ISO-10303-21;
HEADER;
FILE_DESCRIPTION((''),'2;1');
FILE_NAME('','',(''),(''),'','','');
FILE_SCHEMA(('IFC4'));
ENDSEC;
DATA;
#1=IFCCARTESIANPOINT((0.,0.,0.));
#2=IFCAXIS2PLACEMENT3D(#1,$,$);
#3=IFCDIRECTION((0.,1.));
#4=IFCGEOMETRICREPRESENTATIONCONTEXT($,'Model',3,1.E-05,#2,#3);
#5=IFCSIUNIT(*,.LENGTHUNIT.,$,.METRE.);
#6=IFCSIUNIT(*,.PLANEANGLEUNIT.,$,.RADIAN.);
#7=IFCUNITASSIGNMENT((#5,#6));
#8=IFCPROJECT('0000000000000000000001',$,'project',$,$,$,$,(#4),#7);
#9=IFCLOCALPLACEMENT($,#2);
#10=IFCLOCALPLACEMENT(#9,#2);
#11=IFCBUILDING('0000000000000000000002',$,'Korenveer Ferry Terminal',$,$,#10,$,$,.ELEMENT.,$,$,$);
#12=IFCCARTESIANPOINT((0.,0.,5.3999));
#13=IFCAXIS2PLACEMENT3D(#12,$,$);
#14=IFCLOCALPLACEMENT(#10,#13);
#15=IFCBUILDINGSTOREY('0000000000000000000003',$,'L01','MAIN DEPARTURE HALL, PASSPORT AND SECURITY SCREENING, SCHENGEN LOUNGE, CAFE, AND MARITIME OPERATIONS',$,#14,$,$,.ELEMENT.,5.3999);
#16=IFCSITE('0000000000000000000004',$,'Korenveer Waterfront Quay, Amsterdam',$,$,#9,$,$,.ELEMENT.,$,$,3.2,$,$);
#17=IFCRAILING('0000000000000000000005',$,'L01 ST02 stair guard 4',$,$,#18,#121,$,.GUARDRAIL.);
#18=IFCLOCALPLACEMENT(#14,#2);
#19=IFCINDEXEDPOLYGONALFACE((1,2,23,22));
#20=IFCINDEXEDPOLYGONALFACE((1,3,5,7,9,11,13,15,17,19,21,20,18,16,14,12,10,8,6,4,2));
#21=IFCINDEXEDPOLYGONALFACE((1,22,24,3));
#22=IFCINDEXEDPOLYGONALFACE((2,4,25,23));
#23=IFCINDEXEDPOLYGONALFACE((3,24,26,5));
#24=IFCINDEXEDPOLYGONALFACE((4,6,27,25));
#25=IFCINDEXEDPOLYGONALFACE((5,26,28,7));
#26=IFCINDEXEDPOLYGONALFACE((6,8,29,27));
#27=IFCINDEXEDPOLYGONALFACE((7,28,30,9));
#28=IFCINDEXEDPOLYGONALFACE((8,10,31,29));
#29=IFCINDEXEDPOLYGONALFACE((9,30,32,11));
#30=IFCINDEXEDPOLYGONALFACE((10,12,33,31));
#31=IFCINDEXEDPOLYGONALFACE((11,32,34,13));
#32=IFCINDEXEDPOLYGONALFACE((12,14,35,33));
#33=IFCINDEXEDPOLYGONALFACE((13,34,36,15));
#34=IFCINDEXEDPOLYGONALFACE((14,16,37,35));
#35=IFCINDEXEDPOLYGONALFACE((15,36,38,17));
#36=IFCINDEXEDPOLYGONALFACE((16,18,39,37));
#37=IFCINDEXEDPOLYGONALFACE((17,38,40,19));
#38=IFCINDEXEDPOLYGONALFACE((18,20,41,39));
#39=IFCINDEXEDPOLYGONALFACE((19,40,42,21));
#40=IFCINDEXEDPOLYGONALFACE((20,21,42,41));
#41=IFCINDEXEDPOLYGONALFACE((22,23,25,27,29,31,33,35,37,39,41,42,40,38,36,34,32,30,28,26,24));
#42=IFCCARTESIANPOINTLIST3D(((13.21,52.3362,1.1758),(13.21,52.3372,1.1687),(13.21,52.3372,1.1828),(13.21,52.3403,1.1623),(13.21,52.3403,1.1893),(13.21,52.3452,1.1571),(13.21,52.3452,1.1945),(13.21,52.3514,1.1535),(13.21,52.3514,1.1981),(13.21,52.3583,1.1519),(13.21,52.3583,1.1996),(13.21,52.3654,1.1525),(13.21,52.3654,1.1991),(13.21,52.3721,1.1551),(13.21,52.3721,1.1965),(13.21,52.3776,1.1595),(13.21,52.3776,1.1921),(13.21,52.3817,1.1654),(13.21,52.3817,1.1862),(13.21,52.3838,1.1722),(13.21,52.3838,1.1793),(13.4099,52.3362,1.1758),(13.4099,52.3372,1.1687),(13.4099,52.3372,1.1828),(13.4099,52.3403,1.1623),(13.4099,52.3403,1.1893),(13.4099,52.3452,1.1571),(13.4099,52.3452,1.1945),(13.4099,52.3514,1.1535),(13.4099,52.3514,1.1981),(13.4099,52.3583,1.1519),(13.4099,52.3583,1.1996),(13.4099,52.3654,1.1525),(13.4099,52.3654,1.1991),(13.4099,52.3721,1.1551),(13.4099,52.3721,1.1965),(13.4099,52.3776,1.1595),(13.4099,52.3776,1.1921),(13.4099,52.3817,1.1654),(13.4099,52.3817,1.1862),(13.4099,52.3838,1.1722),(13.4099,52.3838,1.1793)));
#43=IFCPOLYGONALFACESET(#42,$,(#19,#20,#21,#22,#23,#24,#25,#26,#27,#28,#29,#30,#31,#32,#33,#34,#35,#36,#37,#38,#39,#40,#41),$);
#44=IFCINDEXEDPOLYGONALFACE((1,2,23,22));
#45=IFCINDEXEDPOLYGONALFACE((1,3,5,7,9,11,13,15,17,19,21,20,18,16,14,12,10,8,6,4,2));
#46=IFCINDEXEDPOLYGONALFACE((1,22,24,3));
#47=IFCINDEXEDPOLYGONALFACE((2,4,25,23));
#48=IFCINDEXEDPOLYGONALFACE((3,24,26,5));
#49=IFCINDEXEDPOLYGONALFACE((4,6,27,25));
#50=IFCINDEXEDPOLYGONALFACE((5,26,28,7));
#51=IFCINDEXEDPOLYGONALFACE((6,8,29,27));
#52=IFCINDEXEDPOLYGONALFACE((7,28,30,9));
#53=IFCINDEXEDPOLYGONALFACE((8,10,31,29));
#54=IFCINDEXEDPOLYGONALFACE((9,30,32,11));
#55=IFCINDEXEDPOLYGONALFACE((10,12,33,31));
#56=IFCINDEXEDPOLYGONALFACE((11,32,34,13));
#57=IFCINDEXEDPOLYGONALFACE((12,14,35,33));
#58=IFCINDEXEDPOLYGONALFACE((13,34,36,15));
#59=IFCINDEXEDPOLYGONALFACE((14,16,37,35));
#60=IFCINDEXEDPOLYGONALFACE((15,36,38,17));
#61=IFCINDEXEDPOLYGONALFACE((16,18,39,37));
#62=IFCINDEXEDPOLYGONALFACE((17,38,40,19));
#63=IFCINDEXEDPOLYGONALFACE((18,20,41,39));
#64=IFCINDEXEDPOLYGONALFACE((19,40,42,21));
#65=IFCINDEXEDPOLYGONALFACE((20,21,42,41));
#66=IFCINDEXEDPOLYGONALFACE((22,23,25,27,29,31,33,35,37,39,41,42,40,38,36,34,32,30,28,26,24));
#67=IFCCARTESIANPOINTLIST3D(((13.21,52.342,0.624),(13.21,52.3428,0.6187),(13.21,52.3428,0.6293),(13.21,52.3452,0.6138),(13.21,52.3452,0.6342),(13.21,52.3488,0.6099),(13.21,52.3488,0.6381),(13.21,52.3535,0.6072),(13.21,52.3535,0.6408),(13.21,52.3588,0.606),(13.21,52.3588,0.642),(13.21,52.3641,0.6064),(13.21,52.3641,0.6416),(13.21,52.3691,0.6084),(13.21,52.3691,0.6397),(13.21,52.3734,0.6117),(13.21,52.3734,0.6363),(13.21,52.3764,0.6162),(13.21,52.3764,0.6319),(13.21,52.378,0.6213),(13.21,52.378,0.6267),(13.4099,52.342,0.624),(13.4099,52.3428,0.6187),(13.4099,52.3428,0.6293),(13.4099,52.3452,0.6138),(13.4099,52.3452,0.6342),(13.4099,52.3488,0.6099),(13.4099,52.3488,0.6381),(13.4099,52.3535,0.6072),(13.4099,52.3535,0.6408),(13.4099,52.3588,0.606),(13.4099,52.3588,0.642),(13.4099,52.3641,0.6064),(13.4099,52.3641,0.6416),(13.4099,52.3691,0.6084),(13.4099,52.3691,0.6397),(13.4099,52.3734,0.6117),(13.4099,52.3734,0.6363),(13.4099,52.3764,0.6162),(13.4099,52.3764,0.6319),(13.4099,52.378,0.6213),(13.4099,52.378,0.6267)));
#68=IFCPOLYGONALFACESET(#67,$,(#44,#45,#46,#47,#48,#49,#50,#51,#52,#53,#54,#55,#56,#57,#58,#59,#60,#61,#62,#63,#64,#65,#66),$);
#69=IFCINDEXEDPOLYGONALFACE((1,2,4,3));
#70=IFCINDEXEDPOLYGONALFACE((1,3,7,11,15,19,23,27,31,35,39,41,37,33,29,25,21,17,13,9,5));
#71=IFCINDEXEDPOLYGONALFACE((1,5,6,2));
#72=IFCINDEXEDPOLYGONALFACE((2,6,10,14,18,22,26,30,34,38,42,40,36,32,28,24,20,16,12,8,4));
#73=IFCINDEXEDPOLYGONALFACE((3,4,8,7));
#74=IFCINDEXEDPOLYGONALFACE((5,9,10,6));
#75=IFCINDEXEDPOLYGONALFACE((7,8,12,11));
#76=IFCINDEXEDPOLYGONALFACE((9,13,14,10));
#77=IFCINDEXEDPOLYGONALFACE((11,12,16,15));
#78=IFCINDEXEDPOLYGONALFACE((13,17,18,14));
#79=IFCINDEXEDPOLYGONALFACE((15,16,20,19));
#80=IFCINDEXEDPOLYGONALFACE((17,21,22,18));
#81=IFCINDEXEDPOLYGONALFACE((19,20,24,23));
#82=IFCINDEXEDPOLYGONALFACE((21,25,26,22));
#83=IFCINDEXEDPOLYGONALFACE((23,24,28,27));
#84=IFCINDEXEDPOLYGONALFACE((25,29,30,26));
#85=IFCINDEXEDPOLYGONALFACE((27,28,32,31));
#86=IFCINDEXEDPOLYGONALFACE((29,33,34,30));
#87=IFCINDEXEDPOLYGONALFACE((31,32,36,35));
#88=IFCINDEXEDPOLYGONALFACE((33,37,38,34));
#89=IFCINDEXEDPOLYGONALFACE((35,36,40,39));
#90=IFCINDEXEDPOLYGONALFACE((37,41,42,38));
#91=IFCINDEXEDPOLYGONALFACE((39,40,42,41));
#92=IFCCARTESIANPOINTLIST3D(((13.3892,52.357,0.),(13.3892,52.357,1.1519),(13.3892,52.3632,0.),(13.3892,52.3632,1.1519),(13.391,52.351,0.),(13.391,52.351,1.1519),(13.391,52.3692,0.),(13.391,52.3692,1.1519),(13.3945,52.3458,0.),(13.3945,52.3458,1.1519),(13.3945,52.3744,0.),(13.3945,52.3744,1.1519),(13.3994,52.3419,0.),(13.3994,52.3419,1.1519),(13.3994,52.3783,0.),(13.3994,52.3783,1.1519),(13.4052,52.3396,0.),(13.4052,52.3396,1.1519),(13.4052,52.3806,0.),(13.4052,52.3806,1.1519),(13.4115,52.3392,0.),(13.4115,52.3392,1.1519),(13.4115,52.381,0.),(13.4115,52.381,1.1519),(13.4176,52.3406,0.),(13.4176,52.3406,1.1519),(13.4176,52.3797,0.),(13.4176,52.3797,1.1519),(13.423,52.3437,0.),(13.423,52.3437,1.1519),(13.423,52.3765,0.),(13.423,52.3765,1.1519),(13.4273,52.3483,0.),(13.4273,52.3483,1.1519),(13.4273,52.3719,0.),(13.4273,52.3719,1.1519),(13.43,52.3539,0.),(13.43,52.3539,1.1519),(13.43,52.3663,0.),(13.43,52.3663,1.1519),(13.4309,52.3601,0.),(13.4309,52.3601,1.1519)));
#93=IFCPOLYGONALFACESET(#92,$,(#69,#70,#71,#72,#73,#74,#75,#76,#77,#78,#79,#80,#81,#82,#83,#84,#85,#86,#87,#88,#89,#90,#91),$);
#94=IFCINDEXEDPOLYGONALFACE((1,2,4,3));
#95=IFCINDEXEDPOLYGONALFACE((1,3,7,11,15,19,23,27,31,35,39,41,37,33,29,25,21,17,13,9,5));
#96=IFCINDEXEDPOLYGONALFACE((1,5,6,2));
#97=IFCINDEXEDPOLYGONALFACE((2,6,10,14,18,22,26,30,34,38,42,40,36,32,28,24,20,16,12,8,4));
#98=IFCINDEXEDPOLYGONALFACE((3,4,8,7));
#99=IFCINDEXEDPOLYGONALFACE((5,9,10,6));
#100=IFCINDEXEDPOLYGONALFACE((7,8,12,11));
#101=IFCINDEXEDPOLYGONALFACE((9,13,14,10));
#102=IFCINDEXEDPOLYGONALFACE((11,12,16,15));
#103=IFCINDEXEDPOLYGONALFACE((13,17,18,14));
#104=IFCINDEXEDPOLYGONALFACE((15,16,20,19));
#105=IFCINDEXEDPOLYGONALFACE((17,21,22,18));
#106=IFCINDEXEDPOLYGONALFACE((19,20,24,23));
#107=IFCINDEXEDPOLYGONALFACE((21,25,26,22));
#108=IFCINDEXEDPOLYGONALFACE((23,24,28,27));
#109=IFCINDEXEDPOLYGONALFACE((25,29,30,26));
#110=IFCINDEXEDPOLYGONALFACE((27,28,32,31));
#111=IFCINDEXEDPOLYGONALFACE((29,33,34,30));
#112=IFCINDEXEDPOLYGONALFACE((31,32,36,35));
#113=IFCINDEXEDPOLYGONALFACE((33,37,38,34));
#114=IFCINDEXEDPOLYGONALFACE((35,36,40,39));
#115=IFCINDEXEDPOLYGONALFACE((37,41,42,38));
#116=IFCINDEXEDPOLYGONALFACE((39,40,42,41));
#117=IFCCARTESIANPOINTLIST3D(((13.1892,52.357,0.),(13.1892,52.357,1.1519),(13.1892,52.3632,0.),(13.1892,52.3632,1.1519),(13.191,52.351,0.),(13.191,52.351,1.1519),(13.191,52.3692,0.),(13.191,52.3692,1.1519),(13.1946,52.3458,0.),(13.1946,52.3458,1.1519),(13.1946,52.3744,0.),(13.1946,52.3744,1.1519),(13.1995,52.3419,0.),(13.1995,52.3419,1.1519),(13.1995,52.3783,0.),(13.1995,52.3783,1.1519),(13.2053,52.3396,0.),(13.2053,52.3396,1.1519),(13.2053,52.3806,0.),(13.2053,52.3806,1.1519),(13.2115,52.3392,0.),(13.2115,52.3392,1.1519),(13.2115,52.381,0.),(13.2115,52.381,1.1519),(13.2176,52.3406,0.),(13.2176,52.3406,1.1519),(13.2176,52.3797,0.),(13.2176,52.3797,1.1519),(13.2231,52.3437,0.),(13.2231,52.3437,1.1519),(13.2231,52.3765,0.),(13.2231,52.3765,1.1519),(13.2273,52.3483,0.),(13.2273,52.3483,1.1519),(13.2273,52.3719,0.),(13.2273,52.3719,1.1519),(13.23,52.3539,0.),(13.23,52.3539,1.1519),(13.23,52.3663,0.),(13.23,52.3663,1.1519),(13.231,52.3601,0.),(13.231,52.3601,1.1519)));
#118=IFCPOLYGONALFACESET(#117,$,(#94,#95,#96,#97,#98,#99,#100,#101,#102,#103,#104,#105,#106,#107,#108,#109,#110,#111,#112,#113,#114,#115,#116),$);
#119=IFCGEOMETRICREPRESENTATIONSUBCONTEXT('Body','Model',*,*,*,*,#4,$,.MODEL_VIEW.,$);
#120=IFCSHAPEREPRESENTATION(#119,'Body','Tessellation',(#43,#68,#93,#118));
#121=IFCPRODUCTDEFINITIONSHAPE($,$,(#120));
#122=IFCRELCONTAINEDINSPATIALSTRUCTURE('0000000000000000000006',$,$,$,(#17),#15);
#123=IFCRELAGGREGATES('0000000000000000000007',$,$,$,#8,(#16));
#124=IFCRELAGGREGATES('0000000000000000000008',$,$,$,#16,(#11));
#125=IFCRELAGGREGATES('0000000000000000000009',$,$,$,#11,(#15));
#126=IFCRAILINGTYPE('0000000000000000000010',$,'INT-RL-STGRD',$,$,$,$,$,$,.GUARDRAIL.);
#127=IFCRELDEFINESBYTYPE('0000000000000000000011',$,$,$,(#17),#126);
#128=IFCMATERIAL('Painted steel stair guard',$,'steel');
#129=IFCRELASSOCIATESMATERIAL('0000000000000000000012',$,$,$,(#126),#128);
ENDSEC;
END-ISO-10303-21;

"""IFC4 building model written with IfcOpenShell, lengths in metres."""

from ifc_helpers import new_model, si_unit, direction, frame, origin, origin_2d, place, context, subcontext, project, spatial, circle, extrude, material, type_object, element, save


model = new_model("IFC4")

# Units and contexts
model_context = context("Model", 3, precision=1e-05, world=origin(), true_north=direction((0.0, 1.0)))
body_context = subcontext(model_context, "Body", "Model", "MODEL_VIEW")
ifc_project = project(units=[si_unit("LENGTHUNIT", "METRE"), si_unit("PLANEANGLEUNIT", "RADIAN")], contexts=[model_context])

# Site, building, storey
site_placement = place(None, origin())
site = spatial("IfcSite", under=ifc_project, at=site_placement, Name="Korenveer Waterfront Quay, Amsterdam", CompositionType="ELEMENT", RefElevation=3.2)
building_placement = place(site_placement, origin())
building = spatial("IfcBuilding", under=site, at=building_placement, Name="Korenveer Ferry Terminal", CompositionType="ELEMENT")
storey_placement = place(building_placement, frame((0.0, 0.0, 5.3999)))
storey = spatial("IfcBuildingStorey", under=building, at=storey_placement, Name="L01", Description="MAIN DEPARTURE HALL, PASSPORT AND SECURITY SCREENING, SCHENGEN LOUNGE, CAFE, AND MARITIME OPERATIONS", CompositionType="ELEMENT", Elevation=5.3999)

# Railing
ifc_material_1 = material(Name="Painted steel stair guard", Category="steel")
railing_type_1 = type_object("IfcRailingType", Name="INT-RL-STGRD", PredefinedType="GUARDRAIL", material=ifc_material_1)
railing_1_placement = place(storey_placement, frame((13.4099, 52.3601, 0.0)))
element("IfcRailing", 1, at=railing_1_placement, inside=storey, type_object=railing_type_1, Name="L01 ST02 stair guard 4", PredefinedType="GUARDRAIL", context=body_context, shape_type="SweptSolid", body=[
    extrude(circle(Radius=0.0239, at=origin_2d()), frame((0.0, 0.0, 1.1758), z_axis=(-1.0, 0.0, 0.0), x_axis=(0.0, -1.0, 0.0)), (0.0, 0.0, 1.0), 0.2),
    extrude(circle(Radius=0.0181, at=origin_2d()), frame((0.0, 0.0, 0.624), z_axis=(-1.0, 0.0, 0.0), x_axis=(0.0, -1.0, 0.0)), (0.0, 0.0, 1.0), 0.2),
    extrude(circle(Radius=0.021, at=origin_2d()), origin(), (0.0, 0.0, 1.0), 1.1519),
    extrude(circle(Radius=0.021, at=origin_2d()), frame((-0.2, 0.0, 0.0)), (0.0, 0.0, 1.0), 1.1519),
])

save(model, "model.ifc")
